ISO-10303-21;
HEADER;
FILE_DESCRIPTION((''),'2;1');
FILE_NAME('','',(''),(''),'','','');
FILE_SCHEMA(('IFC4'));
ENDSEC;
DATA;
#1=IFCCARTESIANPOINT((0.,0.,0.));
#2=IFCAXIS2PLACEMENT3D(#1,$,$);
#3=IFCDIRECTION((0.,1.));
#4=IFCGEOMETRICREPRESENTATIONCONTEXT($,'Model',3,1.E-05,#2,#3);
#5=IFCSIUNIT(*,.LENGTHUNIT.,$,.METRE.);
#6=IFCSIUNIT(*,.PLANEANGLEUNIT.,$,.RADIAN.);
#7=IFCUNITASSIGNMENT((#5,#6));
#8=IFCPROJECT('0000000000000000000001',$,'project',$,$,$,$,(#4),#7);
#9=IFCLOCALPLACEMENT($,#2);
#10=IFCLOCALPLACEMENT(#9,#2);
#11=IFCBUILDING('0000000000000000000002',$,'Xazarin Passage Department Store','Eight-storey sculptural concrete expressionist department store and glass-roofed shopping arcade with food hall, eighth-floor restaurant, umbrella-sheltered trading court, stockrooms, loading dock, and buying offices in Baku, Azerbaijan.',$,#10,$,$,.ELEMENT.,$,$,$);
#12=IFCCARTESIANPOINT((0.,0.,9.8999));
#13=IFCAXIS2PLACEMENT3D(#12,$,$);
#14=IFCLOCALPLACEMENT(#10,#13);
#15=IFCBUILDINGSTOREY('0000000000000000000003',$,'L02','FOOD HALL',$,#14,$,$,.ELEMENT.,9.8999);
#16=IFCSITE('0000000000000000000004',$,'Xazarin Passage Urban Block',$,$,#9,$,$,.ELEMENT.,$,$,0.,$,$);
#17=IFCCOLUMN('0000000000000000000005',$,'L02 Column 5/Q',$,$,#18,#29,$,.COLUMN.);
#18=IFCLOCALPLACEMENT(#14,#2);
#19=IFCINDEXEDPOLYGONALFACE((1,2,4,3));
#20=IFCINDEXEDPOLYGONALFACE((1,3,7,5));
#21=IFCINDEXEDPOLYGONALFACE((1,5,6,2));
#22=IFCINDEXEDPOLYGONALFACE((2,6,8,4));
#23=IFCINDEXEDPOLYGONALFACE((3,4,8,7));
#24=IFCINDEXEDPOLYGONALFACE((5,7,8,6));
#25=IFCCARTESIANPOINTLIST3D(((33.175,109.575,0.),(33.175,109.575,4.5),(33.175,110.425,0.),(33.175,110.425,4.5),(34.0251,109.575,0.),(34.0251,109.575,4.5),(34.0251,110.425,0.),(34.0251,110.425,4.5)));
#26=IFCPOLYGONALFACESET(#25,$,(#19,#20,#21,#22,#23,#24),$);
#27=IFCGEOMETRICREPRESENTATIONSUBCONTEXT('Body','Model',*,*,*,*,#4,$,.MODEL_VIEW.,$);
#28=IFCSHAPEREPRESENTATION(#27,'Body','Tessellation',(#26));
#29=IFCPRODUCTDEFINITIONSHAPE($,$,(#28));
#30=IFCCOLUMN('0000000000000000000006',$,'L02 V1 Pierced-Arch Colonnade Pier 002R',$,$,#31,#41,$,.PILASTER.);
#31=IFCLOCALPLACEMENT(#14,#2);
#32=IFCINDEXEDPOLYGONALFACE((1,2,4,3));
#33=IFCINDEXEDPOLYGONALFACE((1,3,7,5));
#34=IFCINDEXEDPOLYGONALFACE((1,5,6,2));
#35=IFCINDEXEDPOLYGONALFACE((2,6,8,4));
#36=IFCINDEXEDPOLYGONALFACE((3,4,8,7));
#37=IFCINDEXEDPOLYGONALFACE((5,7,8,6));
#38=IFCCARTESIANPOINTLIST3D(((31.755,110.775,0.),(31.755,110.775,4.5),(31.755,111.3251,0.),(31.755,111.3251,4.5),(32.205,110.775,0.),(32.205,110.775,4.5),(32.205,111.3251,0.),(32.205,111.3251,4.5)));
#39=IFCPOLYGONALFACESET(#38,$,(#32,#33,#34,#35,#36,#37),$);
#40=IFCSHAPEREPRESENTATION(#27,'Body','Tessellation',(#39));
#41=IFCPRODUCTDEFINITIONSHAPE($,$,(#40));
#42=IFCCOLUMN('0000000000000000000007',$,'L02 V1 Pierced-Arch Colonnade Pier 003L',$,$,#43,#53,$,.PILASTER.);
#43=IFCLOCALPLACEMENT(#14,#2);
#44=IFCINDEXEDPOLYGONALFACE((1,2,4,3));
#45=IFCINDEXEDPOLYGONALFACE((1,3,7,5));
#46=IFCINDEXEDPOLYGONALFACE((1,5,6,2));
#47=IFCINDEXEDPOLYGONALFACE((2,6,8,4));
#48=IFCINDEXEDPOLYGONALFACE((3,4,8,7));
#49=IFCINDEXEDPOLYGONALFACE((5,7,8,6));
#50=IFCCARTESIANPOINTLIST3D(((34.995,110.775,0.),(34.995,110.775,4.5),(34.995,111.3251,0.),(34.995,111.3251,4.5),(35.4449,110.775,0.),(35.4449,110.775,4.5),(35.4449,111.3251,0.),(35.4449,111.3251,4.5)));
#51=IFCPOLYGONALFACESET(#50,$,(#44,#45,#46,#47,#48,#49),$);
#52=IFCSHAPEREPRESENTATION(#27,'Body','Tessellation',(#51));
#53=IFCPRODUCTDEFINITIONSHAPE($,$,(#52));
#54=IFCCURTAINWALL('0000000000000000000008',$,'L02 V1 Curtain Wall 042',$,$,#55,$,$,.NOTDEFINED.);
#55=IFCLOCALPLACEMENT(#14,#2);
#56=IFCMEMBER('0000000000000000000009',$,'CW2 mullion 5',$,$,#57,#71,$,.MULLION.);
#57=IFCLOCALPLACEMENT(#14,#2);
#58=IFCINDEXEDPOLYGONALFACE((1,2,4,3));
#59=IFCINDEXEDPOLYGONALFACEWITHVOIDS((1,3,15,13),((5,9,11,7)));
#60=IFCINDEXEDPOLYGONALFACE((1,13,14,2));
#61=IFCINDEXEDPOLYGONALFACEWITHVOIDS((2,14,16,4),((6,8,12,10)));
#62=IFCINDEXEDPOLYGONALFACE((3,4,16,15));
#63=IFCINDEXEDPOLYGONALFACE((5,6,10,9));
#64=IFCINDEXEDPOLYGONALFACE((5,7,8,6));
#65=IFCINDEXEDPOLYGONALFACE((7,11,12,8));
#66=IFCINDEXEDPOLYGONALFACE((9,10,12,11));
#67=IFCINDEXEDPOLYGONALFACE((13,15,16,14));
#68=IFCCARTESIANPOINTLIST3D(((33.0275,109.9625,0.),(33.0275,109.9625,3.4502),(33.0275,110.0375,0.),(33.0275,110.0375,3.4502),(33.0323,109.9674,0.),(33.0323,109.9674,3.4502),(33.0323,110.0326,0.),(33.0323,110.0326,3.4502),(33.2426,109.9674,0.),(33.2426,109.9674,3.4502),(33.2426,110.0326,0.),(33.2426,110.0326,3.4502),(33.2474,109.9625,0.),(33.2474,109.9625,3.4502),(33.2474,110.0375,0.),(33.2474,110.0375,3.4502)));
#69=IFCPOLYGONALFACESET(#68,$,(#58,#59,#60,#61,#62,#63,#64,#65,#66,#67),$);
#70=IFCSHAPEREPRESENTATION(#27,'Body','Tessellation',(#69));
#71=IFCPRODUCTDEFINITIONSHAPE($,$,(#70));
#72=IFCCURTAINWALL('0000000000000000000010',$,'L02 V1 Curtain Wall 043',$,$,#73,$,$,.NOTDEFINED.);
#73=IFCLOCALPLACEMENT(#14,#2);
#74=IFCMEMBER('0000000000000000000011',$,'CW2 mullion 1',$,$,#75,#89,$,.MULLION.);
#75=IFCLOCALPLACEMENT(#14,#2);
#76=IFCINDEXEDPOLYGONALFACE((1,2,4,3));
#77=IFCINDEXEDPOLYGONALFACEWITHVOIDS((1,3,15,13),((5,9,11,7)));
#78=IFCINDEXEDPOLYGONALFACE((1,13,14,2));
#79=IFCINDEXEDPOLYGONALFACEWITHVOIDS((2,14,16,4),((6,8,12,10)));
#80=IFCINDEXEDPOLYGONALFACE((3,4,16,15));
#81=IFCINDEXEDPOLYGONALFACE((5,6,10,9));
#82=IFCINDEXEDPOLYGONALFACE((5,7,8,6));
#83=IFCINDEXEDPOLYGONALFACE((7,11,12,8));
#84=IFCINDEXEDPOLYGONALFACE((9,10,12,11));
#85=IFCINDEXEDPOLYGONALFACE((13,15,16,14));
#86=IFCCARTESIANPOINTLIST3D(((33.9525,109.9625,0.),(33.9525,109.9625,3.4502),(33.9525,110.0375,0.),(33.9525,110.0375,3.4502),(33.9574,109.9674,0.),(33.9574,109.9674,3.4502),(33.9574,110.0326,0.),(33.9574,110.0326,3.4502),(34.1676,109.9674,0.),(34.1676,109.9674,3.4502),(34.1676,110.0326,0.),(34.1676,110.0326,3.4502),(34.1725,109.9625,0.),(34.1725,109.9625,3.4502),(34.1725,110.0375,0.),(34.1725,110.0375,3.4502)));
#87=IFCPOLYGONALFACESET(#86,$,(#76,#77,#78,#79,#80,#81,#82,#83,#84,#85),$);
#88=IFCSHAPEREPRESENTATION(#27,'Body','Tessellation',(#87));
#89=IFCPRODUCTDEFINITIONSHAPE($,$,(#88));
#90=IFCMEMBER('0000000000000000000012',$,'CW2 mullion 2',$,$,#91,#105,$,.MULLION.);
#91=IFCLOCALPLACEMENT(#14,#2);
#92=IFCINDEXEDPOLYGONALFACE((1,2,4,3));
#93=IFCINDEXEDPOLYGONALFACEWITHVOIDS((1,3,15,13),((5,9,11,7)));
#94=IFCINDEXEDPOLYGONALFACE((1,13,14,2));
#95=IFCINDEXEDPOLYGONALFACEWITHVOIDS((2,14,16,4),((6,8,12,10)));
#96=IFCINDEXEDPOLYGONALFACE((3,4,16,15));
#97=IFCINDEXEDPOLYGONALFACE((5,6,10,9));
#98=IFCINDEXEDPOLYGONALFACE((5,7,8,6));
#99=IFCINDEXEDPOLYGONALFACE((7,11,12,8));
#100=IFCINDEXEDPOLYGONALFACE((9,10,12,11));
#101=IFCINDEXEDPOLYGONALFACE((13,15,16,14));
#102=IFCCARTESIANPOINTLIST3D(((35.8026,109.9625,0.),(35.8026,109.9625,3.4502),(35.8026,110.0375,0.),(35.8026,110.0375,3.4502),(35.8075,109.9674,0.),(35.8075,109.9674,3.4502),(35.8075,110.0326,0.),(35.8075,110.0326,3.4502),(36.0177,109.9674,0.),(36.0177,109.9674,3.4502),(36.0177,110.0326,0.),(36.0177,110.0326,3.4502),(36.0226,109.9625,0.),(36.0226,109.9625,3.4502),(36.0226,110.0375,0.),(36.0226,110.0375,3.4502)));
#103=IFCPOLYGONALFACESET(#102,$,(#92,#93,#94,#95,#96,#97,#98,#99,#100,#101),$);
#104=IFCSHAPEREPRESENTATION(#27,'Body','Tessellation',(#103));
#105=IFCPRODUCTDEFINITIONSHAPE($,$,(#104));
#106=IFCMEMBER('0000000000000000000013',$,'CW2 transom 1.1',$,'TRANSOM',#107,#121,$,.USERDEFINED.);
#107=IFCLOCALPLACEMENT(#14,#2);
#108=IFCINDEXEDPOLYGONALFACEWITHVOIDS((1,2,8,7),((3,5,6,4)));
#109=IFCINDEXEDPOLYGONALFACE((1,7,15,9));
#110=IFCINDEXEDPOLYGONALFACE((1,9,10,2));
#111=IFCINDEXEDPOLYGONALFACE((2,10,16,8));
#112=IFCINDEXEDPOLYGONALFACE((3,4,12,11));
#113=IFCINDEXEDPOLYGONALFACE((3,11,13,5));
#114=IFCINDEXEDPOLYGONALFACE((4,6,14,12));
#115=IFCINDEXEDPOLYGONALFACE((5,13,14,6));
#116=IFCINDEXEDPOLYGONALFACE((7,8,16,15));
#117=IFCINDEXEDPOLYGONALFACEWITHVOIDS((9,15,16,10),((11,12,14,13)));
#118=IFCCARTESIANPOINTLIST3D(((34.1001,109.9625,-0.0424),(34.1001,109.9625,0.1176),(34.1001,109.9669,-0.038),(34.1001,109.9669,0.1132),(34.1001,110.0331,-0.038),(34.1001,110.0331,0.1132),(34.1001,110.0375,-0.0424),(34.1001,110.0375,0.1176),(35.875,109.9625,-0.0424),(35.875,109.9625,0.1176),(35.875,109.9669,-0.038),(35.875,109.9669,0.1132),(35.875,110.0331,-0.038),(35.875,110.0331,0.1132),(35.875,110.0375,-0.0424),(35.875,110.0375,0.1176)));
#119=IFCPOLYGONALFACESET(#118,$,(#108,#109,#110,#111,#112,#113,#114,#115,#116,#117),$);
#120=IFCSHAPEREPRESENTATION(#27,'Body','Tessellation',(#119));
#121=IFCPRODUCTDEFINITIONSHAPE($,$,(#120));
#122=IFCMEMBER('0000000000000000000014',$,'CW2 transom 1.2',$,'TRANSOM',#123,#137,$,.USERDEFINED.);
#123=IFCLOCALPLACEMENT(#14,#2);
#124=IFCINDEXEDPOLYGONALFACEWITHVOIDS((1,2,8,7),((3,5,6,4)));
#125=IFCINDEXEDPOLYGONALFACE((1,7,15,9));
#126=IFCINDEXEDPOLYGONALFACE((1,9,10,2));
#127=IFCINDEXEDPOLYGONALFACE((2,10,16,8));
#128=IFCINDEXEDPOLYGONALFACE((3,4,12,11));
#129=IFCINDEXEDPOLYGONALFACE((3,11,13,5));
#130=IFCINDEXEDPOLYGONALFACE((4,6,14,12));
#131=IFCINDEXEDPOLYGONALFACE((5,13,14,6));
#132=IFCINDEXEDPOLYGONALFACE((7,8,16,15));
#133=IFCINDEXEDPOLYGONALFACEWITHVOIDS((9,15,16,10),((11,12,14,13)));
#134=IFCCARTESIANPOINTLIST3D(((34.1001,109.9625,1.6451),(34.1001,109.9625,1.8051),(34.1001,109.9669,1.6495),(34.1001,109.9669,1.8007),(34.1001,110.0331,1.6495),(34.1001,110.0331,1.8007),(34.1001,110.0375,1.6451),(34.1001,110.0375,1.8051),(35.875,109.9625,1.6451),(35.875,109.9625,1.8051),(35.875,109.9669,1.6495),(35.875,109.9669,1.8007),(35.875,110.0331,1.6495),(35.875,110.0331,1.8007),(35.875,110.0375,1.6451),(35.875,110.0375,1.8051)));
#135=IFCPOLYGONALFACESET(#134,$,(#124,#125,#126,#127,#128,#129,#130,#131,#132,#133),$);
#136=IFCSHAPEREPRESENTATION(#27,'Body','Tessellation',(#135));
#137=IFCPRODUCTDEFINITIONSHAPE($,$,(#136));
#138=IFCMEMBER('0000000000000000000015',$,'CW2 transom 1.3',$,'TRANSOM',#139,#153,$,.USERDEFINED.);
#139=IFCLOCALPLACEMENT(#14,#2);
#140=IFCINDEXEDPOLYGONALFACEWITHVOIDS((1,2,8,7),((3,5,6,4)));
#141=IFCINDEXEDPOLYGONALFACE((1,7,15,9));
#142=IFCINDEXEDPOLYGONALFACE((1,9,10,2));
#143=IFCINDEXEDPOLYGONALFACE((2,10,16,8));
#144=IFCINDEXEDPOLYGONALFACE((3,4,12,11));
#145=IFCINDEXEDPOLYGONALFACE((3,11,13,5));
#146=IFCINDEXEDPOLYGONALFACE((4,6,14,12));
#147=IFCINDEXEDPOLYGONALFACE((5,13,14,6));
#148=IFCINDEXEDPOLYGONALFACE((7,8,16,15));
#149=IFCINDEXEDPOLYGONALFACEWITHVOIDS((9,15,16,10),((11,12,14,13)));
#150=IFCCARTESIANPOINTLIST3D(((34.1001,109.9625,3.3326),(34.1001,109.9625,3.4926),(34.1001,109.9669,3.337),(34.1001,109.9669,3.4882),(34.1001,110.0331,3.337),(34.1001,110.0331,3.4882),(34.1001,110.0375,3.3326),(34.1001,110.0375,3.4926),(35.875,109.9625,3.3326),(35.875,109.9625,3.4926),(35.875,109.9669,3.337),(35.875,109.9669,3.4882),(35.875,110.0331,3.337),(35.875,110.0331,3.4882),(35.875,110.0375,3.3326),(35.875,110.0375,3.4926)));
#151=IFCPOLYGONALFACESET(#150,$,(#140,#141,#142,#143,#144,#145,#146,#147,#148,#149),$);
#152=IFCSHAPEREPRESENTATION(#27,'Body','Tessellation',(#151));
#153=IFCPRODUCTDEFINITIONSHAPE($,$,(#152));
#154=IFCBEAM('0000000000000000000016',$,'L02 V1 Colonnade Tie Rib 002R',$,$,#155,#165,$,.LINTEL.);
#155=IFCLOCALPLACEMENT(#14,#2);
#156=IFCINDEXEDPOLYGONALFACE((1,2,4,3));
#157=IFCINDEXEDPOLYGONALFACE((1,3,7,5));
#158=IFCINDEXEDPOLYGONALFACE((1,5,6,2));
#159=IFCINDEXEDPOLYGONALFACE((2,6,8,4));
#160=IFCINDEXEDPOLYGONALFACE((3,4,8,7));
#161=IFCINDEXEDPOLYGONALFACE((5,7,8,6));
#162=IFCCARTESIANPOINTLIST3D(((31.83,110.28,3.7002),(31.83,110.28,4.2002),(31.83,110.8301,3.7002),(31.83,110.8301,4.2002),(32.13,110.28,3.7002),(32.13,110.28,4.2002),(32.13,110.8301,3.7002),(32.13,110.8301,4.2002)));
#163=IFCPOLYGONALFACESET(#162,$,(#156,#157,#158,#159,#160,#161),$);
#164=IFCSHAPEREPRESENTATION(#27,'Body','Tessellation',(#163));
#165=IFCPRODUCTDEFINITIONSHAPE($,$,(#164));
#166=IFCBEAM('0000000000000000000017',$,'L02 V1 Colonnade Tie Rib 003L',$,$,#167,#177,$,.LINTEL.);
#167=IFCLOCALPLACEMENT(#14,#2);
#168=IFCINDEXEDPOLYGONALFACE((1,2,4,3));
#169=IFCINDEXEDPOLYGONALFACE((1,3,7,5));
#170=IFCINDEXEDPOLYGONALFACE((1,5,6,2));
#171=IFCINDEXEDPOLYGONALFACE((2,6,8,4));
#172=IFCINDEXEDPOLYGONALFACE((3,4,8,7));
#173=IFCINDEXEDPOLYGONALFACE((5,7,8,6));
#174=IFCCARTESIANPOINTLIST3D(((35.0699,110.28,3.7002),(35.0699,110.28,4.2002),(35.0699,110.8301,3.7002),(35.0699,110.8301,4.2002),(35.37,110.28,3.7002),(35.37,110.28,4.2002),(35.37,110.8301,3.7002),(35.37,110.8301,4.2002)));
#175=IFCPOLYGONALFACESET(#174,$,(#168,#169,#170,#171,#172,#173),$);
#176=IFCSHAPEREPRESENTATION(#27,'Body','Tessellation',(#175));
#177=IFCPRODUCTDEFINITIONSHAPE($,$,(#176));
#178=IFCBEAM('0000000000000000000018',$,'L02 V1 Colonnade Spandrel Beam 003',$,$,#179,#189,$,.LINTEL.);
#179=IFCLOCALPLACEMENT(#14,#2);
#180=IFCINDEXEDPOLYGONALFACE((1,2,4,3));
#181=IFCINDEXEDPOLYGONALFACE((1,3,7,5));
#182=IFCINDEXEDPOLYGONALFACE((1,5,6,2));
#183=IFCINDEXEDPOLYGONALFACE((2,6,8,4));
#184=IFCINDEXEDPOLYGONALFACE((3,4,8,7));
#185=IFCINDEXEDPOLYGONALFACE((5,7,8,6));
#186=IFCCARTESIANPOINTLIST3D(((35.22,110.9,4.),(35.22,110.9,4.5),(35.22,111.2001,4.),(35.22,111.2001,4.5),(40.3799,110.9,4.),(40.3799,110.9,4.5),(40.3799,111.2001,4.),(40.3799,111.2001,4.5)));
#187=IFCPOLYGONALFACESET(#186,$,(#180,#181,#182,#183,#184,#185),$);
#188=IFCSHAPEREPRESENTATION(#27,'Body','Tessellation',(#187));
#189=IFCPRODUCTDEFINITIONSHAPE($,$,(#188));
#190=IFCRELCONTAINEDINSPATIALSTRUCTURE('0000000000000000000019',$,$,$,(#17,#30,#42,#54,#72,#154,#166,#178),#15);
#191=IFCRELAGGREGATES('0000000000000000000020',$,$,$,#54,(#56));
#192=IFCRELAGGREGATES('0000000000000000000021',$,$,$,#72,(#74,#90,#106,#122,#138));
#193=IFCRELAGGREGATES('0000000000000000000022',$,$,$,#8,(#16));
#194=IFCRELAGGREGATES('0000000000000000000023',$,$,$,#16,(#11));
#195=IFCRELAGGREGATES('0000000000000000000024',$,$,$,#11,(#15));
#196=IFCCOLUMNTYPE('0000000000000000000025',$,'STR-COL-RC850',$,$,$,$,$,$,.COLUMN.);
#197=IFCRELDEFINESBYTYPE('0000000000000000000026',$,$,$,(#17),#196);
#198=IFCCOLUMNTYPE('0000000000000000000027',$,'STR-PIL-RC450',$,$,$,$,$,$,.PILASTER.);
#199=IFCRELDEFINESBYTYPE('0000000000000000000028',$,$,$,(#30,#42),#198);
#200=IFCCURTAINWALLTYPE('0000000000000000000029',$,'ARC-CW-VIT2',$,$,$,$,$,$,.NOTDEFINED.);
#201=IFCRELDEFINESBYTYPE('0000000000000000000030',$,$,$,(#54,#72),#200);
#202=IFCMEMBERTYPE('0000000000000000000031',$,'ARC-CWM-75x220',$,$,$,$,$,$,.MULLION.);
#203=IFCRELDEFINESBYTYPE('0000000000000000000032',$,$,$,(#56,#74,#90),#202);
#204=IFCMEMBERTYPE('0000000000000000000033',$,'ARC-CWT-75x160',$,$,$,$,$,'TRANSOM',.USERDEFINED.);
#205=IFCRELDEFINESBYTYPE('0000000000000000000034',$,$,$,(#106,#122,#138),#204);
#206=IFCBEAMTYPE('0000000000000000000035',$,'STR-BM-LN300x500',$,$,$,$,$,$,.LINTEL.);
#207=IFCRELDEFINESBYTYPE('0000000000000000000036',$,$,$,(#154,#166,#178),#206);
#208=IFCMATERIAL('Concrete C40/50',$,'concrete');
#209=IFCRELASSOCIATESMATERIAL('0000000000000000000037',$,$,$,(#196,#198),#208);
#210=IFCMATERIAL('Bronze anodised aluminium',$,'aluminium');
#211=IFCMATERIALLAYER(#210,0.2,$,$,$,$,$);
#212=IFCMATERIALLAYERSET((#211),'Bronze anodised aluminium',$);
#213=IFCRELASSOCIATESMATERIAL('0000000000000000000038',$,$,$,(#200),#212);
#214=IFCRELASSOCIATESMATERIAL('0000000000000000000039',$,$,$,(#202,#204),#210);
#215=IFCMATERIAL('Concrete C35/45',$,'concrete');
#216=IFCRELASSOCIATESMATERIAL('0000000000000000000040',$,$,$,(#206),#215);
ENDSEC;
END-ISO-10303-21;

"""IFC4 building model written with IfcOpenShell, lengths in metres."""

from ifc_helpers import new_model, si_unit, direction, frame, origin, origin_2d, place, context, subcontext, project, spatial, rectangle, hollow_rectangle, extrude, material, layer, layer_set, material_profile, profile_set, type_object, element, aggregate, save


model = new_model("IFC4")

# Units and contexts
model_context = context("Model", 3, precision=1e-05, world=origin(), true_north=direction((0.0, 1.0)))
body_context = subcontext(model_context, "Body", "Model", "MODEL_VIEW")
ifc_project = project(units=[si_unit("LENGTHUNIT", "METRE"), si_unit("PLANEANGLEUNIT", "RADIAN")], contexts=[model_context])

# Site, building, storey
site_placement = place(None, origin())
site = spatial("IfcSite", under=ifc_project, at=site_placement, Name="Xazarin Passage Urban Block", CompositionType="ELEMENT", RefElevation=0.0)
building_placement = place(site_placement, origin())
building = spatial("IfcBuilding", under=site, at=building_placement, Name="Xazarin Passage Department Store", Description="Eight-storey sculptural concrete expressionist department store and glass-roofed shopping arcade with food hall, eighth-floor restaurant, umbrella-sheltered trading court, stockrooms, loading dock, and buying offices in Baku, Azerbaijan.", CompositionType="ELEMENT")
storey_placement = place(building_placement, frame((0.0, 0.0, 9.8999)))
storey = spatial("IfcBuildingStorey", under=building, at=storey_placement, Name="L02", Description="FOOD HALL", CompositionType="ELEMENT", Elevation=9.8999)

# Columns
ifc_material_1 = material(Name="Concrete C40/50", Category="concrete")
ifc_material_profile_1 = material_profile(ifc_material_1, rectangle(XDim=0.8501, YDim=0.8501, at=origin_2d()), Name="RC 850x850")
ifc_profile_set_1 = profile_set([ifc_material_profile_1], Name="Concrete C40/50")
column_type_1 = type_object("IfcColumnType", Name="STR-COL-RC850", PredefinedType="COLUMN", material=ifc_profile_set_1)
column_placement = place(storey_placement, frame((33.6001, 110.0, 0.0), z_axis=(0.0, 0.0, 1.0), x_axis=(1.0, 0.0, 0.0)))
element("IfcColumn", 1, at=column_placement, inside=storey, type_object=column_type_1, Name="L02 Column 5/Q", PredefinedType="COLUMN", context=body_context, shape_type="SweptSolid", body=[
    extrude(rectangle(XDim=0.8501, YDim=0.8501, at=origin_2d()), origin(), (0.0, 0.0, 1.0), 4.5),
])
ifc_material_profile_2 = material_profile(ifc_material_1, rectangle(XDim=0.45, YDim=0.55, at=origin_2d()), Name="RC 450x550")
ifc_profile_set_2 = profile_set([ifc_material_profile_2], Name="Concrete C40/50")
column_type_2 = type_object("IfcColumnType", Name="STR-PIL-RC450", PredefinedType="PILASTER", material=ifc_profile_set_2)
for number, where, z_axis, x_axis, name in (
    (2, (31.98, 111.05, 0.0), (0.0, 0.0, 1.0), (1.0, 0.0, 0.0), "L02 V1 Pierced-Arch Colonnade Pier 002R"),
    (3, (35.22, 111.05, 0.0), (0.0, 0.0, 1.0), (1.0, 0.0, 0.0), "L02 V1 Pierced-Arch Colonnade Pier 003L"),
):
    element("IfcColumn", number, at=place(storey_placement, frame(where, z_axis=z_axis, x_axis=x_axis)), inside=storey, type_object=column_type_2, Name=name, PredefinedType="PILASTER", context=body_context, shape_type="SweptSolid", body=[
        extrude(rectangle(XDim=0.45, YDim=0.55, at=origin_2d()), origin(), (0.0, 0.0, 1.0), 4.5),
    ])

# Curtain wall, member
ifc_material_2 = material(Name="Bronze anodised aluminium", Category="aluminium")
ifc_layer_1 = layer(ifc_material_2, 0.2)
ifc_layer_set_1 = layer_set([ifc_layer_1], Name="Bronze anodised aluminium")
curtain_wall_type = type_object("IfcCurtainWallType", Name="ARC-CW-VIT2", PredefinedType="NOTDEFINED", material=ifc_layer_set_1)
curtain_wall_1_placement = place(storey_placement, origin())
curtain_wall_1 = element("IfcCurtainWall", 4, at=curtain_wall_1_placement, inside=storey, type_object=curtain_wall_type, Name="L02 V1 Curtain Wall 042", PredefinedType="NOTDEFINED")
ifc_material_profile_3 = material_profile(ifc_material_2, hollow_rectangle(XDim=0.075, YDim=0.22, WallThickness=0.0049, at=origin_2d()), Name="ALU 75x220")
ifc_profile_set_3 = profile_set([ifc_material_profile_3], Name="Bronze anodised aluminium")
member_type_1 = type_object("IfcMemberType", Name="ARC-CWM-75x220", PredefinedType="MULLION", material=ifc_profile_set_3)
member_1_placement = place(storey_placement, frame((33.1375, 110.0, 0.0), z_axis=(0.0, 0.0, 1.0), x_axis=(0.0, 1.0, 0.0)))
member_1 = element("IfcMember", 5, at=member_1_placement, type_object=member_type_1, Name="CW2 mullion 5", PredefinedType="MULLION", context=body_context, shape_type="SweptSolid", body=[
    extrude(hollow_rectangle(XDim=0.075, YDim=0.22, WallThickness=0.0049, at=origin_2d()), origin(), (0.0, 0.0, 1.0), 3.4502),
])

# Curtain wall, members
curtain_wall_2_placement = place(storey_placement, origin())
curtain_wall_2 = element("IfcCurtainWall", 6, at=curtain_wall_2_placement, inside=storey, type_object=curtain_wall_type, Name="L02 V1 Curtain Wall 043", PredefinedType="NOTDEFINED")
member_2_placement = place(storey_placement, frame((34.0625, 110.0, 0.0), z_axis=(0.0, 0.0, 1.0), x_axis=(0.0, 1.0, 0.0)))
member_2 = element("IfcMember", 7, at=member_2_placement, type_object=member_type_1, Name="CW2 mullion 1", PredefinedType="MULLION", context=body_context, shape_type="SweptSolid", body=[
    extrude(hollow_rectangle(XDim=0.075, YDim=0.22, WallThickness=0.0049, at=origin_2d()), origin(), (0.0, 0.0, 1.0), 3.4502),
])
member_3_placement = place(storey_placement, frame((35.9126, 110.0, 0.0), z_axis=(0.0, 0.0, 1.0), x_axis=(0.0, 1.0, 0.0)))
member_3 = element("IfcMember", 8, at=member_3_placement, type_object=member_type_1, Name="CW2 mullion 2", PredefinedType="MULLION", context=body_context, shape_type="SweptSolid", body=[
    extrude(hollow_rectangle(XDim=0.075, YDim=0.22, WallThickness=0.0049, at=origin_2d()), origin(), (0.0, 0.0, 1.0), 3.4502),
])
ifc_material_profile_4 = material_profile(ifc_material_2, hollow_rectangle(XDim=0.075, YDim=0.1599, WallThickness=0.0044, at=origin_2d()), Name="ALU 75x160")
ifc_profile_set_4 = profile_set([ifc_material_profile_4], Name="Bronze anodised aluminium")
member_type_2 = type_object("IfcMemberType", Name="ARC-CWT-75x160", ElementType="TRANSOM", PredefinedType="USERDEFINED", material=ifc_profile_set_4)
member_4_placement = place(storey_placement, frame((34.1001, 110.0, 0.0376), z_axis=(1.0, 0.0, 0.0), x_axis=(0.0, 1.0, 0.0)))
member_4 = element("IfcMember", 9, at=member_4_placement, type_object=member_type_2, Name="CW2 transom 1.1", ObjectType="TRANSOM", PredefinedType="USERDEFINED", context=body_context, shape_type="SweptSolid", body=[
    extrude(hollow_rectangle(XDim=0.075, YDim=0.1599, WallThickness=0.0044, at=origin_2d()), origin(), (0.0, 0.0, 1.0), 1.7749),
])
member_5_placement = place(storey_placement, frame((34.1001, 110.0, 1.7251), z_axis=(1.0, 0.0, 0.0), x_axis=(0.0, 1.0, 0.0)))
member_5 = element("IfcMember", 10, at=member_5_placement, type_object=member_type_2, Name="CW2 transom 1.2", ObjectType="TRANSOM", PredefinedType="USERDEFINED", context=body_context, shape_type="SweptSolid", body=[
    extrude(hollow_rectangle(XDim=0.075, YDim=0.1599, WallThickness=0.0044, at=origin_2d()), origin(), (0.0, 0.0, 1.0), 1.7749),
])
member_6_placement = place(storey_placement, frame((34.1001, 110.0, 3.4126), z_axis=(1.0, 0.0, 0.0), x_axis=(0.0, 1.0, 0.0)))
member_6 = element("IfcMember", 11, at=member_6_placement, type_object=member_type_2, Name="CW2 transom 1.3", ObjectType="TRANSOM", PredefinedType="USERDEFINED", context=body_context, shape_type="SweptSolid", body=[
    extrude(hollow_rectangle(XDim=0.075, YDim=0.1599, WallThickness=0.0044, at=origin_2d()), origin(), (0.0, 0.0, 1.0), 1.7749),
])

# Beams
ifc_material_3 = material(Name="Concrete C35/45", Category="concrete")
ifc_material_profile_5 = material_profile(ifc_material_3, rectangle(XDim=0.3, YDim=0.5, at=origin_2d()), Name="RC 300x500")
ifc_profile_set_5 = profile_set([ifc_material_profile_5], Name="Concrete C35/45")
beam_type_1 = type_object("IfcBeamType", Name="STR-BM-LN300x500", PredefinedType="LINTEL", material=ifc_profile_set_5)
for number, where, z_axis, x_axis, name in (
    (12, (31.98, 110.28, 3.9502), (0.0, 1.0, 0.0), (-1.0, 0.0, 0.0), "L02 V1 Colonnade Tie Rib 002R"),
    (13, (35.22, 110.28, 3.9502), (0.0, 1.0, 0.0), (-1.0, 0.0, 0.0), "L02 V1 Colonnade Tie Rib 003L"),
):
    element("IfcBeam", number, at=place(storey_placement, frame(where, z_axis=z_axis, x_axis=x_axis)), inside=storey, type_object=beam_type_1, Name=name, PredefinedType="LINTEL", context=body_context, shape_type="SweptSolid", body=[
        extrude(rectangle(XDim=0.3, YDim=0.5, at=origin_2d()), origin(), (0.0, 0.0, 1.0), 0.55),
    ])
beam_1_placement = place(storey_placement, frame((35.22, 111.05, 4.25), z_axis=(1.0, 0.0, 0.0), x_axis=(0.0, 1.0, 0.0)))
element("IfcBeam", 14, at=beam_1_placement, inside=storey, type_object=beam_type_1, Name="L02 V1 Colonnade Spandrel Beam 003", PredefinedType="LINTEL", context=body_context, shape_type="SweptSolid", body=[
    extrude(rectangle(XDim=0.3, YDim=0.5, at=origin_2d()), origin(), (0.0, 0.0, 1.0), 5.1599),
])

aggregate(curtain_wall_1, [member_1])
aggregate(curtain_wall_2, [member_2, member_3, member_4, member_5, member_6])

save(model, "model.ifc")
